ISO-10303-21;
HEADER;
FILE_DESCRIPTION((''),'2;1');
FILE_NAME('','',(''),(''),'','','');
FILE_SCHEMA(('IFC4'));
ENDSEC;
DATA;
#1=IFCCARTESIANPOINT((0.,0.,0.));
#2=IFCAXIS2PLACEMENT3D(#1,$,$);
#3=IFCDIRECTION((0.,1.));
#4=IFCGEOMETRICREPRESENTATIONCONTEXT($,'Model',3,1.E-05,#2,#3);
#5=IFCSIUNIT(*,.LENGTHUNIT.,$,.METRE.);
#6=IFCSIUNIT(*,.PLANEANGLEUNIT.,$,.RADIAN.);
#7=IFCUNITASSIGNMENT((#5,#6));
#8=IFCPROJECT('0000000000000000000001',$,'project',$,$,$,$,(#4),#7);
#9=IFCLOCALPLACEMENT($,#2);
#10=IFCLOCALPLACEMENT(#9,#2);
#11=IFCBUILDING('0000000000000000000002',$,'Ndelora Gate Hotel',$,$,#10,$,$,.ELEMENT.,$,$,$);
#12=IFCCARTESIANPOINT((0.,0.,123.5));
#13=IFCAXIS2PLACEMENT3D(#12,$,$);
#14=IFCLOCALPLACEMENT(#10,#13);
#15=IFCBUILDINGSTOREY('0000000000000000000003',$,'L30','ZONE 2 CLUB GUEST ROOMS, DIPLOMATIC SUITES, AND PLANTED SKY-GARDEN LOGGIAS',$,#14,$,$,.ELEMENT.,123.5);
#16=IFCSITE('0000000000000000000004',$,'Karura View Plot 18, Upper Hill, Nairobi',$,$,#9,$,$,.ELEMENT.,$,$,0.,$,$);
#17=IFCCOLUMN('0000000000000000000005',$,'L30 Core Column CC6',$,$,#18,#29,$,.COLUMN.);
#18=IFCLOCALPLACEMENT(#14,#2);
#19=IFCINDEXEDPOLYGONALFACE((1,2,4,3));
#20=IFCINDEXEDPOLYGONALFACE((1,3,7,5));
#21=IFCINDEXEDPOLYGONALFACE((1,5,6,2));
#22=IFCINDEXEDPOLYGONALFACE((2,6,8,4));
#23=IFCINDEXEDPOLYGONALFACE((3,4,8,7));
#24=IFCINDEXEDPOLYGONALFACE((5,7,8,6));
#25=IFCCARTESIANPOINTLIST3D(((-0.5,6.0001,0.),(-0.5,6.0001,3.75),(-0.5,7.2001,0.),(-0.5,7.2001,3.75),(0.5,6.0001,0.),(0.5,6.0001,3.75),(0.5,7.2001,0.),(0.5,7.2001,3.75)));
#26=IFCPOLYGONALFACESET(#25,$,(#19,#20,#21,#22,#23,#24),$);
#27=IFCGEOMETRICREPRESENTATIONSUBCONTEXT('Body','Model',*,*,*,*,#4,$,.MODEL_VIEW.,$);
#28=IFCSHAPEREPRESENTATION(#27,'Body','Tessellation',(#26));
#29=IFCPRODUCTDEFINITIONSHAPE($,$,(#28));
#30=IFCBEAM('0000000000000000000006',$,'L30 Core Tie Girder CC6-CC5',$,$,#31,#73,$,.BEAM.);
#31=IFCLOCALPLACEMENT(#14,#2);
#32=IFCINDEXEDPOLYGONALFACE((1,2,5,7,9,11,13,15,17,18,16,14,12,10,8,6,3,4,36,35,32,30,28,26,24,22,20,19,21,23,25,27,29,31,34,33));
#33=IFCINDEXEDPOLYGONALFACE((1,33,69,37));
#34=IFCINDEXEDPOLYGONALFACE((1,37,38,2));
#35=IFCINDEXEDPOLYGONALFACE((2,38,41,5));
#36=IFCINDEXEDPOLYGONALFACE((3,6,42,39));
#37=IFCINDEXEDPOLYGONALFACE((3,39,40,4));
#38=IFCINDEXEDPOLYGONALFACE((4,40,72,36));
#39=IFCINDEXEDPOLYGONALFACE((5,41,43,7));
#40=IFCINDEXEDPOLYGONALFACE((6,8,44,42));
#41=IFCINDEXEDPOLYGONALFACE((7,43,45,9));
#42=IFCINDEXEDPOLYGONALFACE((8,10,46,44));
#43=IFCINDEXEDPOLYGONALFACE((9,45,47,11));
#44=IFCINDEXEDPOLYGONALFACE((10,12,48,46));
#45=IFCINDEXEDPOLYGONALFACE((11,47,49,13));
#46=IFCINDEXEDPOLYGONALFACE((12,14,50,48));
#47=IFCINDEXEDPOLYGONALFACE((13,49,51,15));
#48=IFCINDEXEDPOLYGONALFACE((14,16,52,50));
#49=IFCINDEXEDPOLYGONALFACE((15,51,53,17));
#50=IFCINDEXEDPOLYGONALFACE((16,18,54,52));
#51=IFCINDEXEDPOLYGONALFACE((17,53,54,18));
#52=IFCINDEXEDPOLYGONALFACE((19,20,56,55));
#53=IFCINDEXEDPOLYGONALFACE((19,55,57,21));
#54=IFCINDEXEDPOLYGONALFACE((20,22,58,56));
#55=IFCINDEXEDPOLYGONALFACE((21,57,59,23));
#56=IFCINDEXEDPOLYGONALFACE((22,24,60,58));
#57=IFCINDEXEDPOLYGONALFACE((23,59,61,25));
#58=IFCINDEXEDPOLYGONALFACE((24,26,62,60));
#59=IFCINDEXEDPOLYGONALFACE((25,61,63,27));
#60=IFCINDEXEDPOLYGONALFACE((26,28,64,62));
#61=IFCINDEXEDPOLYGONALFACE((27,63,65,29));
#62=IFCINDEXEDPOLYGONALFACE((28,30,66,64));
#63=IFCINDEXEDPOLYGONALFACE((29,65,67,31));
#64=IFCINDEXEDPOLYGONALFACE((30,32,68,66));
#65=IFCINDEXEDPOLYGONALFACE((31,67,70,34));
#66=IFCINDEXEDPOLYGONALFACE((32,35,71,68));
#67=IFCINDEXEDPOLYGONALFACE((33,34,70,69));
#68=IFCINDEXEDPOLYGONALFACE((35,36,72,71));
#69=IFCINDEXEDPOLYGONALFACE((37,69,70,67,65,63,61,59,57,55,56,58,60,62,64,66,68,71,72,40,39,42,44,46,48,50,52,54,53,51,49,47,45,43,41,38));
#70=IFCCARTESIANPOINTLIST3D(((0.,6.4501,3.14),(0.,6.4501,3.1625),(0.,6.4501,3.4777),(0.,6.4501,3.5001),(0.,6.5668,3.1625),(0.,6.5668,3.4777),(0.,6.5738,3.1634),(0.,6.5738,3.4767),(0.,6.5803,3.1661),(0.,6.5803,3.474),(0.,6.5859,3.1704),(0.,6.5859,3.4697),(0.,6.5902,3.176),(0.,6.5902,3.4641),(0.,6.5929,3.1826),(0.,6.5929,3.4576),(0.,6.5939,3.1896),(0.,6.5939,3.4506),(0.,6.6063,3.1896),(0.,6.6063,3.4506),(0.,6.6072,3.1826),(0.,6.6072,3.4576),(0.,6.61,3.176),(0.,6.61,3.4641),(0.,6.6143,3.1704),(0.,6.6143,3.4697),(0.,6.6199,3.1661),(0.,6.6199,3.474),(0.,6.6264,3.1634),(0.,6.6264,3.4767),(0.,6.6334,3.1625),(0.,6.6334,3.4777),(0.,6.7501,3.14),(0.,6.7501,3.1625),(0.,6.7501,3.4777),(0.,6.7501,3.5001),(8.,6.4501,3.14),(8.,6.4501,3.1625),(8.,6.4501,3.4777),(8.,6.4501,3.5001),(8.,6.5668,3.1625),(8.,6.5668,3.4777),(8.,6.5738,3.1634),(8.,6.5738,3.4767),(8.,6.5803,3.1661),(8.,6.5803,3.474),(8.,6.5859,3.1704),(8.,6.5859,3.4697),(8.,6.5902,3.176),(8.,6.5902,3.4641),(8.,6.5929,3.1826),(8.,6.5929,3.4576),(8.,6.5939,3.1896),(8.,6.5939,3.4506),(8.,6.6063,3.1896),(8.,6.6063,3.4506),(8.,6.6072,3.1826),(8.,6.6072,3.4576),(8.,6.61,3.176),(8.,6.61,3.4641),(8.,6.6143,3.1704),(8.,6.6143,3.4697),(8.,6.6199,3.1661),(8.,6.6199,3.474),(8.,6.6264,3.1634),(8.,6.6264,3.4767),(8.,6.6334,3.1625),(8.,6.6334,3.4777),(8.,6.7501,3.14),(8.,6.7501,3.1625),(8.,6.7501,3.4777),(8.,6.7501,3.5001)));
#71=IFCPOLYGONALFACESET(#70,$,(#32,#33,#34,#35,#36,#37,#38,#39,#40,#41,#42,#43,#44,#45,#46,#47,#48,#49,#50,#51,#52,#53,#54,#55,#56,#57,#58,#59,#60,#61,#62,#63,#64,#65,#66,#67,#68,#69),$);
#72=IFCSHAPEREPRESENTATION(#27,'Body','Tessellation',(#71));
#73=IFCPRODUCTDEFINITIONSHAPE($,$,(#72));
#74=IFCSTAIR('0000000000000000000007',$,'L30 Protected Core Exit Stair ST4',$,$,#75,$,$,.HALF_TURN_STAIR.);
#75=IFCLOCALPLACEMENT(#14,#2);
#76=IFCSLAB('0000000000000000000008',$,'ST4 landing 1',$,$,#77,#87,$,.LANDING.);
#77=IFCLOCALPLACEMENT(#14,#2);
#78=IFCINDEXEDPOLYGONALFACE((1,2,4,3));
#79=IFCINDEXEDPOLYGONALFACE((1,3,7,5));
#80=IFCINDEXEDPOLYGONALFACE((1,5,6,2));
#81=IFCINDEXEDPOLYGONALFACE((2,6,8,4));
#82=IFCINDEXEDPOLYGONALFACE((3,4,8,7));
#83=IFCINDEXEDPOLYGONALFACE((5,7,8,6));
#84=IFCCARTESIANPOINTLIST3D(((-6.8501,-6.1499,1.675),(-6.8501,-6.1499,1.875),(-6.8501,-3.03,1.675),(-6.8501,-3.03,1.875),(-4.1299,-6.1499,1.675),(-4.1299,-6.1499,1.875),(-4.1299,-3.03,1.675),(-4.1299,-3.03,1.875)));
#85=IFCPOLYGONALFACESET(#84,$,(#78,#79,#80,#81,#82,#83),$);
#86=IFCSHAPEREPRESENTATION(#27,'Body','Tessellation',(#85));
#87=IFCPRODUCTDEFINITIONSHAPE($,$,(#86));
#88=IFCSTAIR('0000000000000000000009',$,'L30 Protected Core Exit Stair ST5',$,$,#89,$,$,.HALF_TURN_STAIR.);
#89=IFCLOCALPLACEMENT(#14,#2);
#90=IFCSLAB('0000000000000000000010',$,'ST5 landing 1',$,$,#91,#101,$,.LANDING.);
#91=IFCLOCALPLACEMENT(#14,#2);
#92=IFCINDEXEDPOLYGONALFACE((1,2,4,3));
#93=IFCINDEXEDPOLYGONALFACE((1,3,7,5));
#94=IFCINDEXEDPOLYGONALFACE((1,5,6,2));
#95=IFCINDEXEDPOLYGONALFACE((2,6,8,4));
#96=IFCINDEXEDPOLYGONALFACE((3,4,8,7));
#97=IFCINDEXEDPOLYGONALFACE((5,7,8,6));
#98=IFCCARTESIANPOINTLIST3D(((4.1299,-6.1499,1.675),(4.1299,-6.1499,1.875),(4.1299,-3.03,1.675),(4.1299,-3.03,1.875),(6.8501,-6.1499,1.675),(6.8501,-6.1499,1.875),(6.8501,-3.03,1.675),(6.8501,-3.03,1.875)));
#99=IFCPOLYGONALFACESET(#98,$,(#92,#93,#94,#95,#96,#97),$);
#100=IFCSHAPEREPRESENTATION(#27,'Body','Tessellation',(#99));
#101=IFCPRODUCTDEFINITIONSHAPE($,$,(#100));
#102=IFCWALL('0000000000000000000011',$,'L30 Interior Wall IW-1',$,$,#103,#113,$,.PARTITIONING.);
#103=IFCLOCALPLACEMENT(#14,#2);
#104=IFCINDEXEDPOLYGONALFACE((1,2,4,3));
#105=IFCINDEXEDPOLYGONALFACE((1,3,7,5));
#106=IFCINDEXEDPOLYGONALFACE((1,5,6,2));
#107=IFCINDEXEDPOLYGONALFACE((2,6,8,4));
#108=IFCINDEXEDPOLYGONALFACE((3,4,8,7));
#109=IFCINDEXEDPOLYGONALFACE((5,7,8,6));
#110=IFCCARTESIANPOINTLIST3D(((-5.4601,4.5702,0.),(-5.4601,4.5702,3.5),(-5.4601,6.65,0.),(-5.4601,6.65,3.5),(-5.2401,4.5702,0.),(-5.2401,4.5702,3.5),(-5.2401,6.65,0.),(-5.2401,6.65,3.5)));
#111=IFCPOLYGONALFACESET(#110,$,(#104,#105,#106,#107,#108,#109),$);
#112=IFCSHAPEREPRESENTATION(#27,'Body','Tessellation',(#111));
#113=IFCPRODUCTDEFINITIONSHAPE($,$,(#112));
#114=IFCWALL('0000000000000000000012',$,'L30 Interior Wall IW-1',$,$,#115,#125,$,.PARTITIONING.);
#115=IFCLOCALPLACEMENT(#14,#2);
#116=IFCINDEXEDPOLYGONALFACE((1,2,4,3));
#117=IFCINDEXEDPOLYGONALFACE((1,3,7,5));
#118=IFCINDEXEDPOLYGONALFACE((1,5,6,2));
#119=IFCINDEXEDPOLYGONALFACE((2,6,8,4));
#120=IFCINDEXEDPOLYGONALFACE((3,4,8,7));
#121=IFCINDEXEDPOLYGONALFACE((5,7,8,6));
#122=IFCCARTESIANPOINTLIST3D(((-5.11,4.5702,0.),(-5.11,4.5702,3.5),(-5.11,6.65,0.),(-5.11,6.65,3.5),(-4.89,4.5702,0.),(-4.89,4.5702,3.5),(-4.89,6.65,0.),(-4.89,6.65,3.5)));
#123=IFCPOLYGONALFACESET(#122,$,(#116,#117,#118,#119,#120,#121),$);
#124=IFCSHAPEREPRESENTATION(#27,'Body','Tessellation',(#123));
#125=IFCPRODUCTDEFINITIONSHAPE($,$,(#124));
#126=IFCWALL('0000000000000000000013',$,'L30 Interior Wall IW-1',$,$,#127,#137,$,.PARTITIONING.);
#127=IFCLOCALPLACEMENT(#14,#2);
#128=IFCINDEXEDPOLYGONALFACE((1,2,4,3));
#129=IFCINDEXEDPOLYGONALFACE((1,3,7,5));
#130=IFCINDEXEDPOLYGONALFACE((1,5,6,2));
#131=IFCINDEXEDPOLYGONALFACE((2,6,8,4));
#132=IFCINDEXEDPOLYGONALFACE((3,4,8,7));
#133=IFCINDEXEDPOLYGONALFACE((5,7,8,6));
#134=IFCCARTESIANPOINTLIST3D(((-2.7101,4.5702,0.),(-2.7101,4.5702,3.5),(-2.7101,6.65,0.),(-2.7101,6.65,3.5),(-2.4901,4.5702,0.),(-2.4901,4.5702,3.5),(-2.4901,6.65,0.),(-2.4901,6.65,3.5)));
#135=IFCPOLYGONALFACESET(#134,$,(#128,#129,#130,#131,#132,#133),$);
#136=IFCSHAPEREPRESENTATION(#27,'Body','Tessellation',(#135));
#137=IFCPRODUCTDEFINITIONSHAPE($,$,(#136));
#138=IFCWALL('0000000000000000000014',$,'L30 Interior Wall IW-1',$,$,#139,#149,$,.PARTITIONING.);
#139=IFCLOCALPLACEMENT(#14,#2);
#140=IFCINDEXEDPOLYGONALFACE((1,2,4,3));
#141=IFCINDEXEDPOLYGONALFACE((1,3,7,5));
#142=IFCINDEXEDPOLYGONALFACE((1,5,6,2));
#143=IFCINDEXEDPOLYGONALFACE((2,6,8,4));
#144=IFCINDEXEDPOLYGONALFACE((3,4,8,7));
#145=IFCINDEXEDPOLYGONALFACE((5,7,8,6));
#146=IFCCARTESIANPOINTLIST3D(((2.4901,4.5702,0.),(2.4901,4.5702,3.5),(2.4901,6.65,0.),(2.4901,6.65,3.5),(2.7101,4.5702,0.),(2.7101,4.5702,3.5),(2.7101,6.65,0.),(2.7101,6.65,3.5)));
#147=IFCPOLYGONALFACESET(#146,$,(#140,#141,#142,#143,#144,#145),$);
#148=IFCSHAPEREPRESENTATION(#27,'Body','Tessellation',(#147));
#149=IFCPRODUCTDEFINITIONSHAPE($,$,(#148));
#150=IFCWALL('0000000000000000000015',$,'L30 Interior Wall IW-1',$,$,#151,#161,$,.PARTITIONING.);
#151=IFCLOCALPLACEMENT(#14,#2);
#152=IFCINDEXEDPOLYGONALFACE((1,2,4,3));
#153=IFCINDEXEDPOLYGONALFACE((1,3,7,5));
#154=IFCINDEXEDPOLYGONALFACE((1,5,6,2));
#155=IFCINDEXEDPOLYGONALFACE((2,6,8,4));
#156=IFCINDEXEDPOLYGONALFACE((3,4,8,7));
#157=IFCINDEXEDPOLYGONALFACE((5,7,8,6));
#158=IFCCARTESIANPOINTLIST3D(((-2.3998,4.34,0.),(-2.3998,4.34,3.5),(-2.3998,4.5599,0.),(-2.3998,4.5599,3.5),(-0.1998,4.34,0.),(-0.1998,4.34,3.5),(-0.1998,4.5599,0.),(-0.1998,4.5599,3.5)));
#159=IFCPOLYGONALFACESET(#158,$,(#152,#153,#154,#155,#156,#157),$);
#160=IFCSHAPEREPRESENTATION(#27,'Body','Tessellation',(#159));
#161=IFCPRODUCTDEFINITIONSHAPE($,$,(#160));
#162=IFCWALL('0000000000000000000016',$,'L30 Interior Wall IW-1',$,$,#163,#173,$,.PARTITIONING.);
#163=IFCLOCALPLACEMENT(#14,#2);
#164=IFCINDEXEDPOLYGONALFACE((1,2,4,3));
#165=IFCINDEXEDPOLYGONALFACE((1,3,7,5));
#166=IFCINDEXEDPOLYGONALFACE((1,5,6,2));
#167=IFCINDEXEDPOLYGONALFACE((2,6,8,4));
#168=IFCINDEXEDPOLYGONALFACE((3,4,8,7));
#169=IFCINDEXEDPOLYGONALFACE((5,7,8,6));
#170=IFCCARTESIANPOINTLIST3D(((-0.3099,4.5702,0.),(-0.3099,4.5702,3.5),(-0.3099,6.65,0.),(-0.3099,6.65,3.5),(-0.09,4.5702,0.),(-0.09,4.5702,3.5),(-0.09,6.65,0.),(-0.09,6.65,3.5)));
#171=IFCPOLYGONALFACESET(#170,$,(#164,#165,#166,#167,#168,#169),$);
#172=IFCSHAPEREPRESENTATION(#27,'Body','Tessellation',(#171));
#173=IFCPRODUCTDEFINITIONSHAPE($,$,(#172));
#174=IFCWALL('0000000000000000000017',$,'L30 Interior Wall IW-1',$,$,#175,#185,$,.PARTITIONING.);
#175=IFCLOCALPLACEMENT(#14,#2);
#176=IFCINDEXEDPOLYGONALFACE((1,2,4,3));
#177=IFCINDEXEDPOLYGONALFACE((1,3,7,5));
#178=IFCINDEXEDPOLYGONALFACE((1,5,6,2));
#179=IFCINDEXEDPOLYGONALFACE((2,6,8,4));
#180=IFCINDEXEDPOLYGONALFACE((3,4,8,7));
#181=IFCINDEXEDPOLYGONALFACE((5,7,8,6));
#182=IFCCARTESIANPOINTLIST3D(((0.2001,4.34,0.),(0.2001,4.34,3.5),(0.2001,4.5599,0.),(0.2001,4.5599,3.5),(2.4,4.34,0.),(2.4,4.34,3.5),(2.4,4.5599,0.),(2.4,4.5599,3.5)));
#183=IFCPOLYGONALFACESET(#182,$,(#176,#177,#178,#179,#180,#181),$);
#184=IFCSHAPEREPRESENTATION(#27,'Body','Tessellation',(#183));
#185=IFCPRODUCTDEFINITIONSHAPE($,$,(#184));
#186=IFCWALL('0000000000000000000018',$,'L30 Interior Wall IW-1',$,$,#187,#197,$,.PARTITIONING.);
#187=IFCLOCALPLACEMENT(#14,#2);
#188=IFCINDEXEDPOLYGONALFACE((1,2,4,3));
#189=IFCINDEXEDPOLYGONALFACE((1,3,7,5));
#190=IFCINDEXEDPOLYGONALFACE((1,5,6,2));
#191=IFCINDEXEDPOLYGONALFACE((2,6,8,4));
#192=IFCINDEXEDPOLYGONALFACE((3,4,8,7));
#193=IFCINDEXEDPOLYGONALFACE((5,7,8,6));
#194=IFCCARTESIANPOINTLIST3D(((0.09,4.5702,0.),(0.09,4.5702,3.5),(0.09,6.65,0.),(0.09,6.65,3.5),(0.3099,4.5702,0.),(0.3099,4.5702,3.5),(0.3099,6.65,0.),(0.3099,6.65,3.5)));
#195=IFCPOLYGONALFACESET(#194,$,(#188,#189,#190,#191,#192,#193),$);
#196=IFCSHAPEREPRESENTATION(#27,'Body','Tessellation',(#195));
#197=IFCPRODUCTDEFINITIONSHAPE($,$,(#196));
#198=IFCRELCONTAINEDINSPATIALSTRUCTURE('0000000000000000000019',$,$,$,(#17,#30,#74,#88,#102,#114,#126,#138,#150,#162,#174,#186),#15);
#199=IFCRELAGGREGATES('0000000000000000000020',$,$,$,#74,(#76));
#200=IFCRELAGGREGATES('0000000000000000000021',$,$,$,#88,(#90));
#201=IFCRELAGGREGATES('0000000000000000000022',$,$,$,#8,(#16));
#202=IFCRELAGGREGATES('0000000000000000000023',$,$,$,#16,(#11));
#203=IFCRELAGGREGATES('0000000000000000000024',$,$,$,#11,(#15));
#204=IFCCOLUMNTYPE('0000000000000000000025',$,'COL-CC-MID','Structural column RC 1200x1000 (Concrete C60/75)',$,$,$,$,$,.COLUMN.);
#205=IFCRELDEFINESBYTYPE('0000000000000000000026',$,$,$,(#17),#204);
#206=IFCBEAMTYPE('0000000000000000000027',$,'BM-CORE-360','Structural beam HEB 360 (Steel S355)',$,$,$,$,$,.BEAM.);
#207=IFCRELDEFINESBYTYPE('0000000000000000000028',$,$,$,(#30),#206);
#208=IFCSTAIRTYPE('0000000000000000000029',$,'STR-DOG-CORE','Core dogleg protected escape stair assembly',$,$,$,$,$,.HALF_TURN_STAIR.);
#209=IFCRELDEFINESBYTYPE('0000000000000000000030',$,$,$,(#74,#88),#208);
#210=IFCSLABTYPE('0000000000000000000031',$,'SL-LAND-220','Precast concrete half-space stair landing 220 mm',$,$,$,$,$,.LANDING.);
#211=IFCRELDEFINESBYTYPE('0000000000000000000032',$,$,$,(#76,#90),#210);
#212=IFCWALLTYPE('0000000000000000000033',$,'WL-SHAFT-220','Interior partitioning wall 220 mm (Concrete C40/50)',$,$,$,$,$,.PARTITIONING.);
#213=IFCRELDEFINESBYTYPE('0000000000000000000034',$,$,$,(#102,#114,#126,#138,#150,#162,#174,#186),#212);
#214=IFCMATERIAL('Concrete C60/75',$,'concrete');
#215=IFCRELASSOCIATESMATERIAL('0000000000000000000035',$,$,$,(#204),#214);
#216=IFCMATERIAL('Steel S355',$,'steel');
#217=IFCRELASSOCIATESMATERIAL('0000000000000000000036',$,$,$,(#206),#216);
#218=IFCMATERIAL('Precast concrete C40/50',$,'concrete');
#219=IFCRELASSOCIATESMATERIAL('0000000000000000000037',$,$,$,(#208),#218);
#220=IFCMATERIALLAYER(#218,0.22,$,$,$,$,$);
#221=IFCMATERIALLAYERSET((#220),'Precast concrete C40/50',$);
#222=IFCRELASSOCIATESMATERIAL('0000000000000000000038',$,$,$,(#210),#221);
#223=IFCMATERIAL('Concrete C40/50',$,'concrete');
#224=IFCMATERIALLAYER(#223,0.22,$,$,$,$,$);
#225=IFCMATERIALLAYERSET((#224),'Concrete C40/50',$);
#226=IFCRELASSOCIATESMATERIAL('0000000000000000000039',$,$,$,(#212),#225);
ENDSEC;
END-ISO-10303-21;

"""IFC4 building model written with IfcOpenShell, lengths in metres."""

from ifc_helpers import new_model, si_unit, direction, frame, frame_2d, origin, origin_2d, place, context, subcontext, project, spatial, polyline, rectangle, i_section, outline, extrude, material, layer, layer_set, material_profile, profile_set, type_object, element, aggregate, save


model = new_model("IFC4")

# Units and contexts
model_context = context("Model", 3, precision=1e-05, world=origin(), true_north=direction((0.0, 1.0)))
body_context = subcontext(model_context, "Body", "Model", "MODEL_VIEW")
ifc_project = project(units=[si_unit("LENGTHUNIT", "METRE"), si_unit("PLANEANGLEUNIT", "RADIAN")], contexts=[model_context])

# Site, building, storey
site_placement = place(None, origin())
site = spatial("IfcSite", under=ifc_project, at=site_placement, Name="Karura View Plot 18, Upper Hill, Nairobi", CompositionType="ELEMENT", RefElevation=0.0)
building_placement = place(site_placement, origin())
building = spatial("IfcBuilding", under=site, at=building_placement, Name="Ndelora Gate Hotel", CompositionType="ELEMENT")
storey_placement = place(building_placement, frame((0.0, 0.0, 123.5)))
storey = spatial("IfcBuildingStorey", under=building, at=storey_placement, Name="L30", Description="ZONE 2 CLUB GUEST ROOMS, DIPLOMATIC SUITES, AND PLANTED SKY-GARDEN LOGGIAS", CompositionType="ELEMENT", Elevation=123.5)

# Column
ifc_material_1 = material(Name="Concrete C60/75", Category="concrete")
ifc_material_profile_1 = material_profile(ifc_material_1, rectangle(XDim=1.0, YDim=1.2, at=origin_2d()), Name="RC 1200x1000")
ifc_profile_set_1 = profile_set([ifc_material_profile_1], Name="Concrete C60/75")
column_type = type_object("IfcColumnType", Name="COL-CC-MID", Description="Structural column RC 1200x1000 (Concrete C60/75)", PredefinedType="COLUMN", material=ifc_profile_set_1)
column_placement = place(storey_placement, frame((0.0, 6.6001, 0.0), z_axis=(0.0, 0.0, 1.0), x_axis=(1.0, 0.0, 0.0)))
element("IfcColumn", 1, at=column_placement, inside=storey, type_object=column_type, Name="L30 Core Column CC6", PredefinedType="COLUMN", context=body_context, shape_type="SweptSolid", body=[
    extrude(rectangle(XDim=1.0, YDim=1.2, at=origin_2d()), origin(), (0.0, 0.0, 1.0), 3.75),
])

# Beam
ifc_material_2 = material(Name="Steel S355", Category="steel")
ifc_material_profile_2 = material_profile(ifc_material_2, i_section(OverallWidth=0.3, OverallDepth=0.3601, WebThickness=0.0125, FlangeThickness=0.0225, FilletRadius=0.0271, at=origin_2d()), Name="HEB 360")
ifc_profile_set_2 = profile_set([ifc_material_profile_2], Name="Steel S355")
beam_type = type_object("IfcBeamType", Name="BM-CORE-360", Description="Structural beam HEB 360 (Steel S355)", PredefinedType="BEAM", material=ifc_profile_set_2)
beam_placement = place(storey_placement, frame((0.0, 6.6001, 3.3201), z_axis=(1.0, 0.0, 0.0), x_axis=(0.0, 1.0, 0.0)))
element("IfcBeam", 2, at=beam_placement, inside=storey, type_object=beam_type, Name="L30 Core Tie Girder CC6-CC5", PredefinedType="BEAM", context=body_context, shape_type="SweptSolid", body=[
    extrude(i_section(OverallWidth=0.3, OverallDepth=0.3601, WebThickness=0.0125, FlangeThickness=0.0225, FilletRadius=0.0271, at=origin_2d()), origin(), (0.0, 0.0, 1.0), 8.0),
])

# Stairs, slabs
ifc_material_3 = material(Name="Precast concrete C40/50", Category="concrete")
stair_type = type_object("IfcStairType", Name="STR-DOG-CORE", Description="Core dogleg protected escape stair assembly", PredefinedType="HALF_TURN_STAIR", material=ifc_material_3)
stair_1_placement = place(storey_placement, origin())
stair_1 = element("IfcStair", 3, at=stair_1_placement, inside=storey, type_object=stair_type, Name="L30 Protected Core Exit Stair ST4", PredefinedType="HALF_TURN_STAIR")
ifc_layer_1 = layer(ifc_material_3, 0.22)
ifc_layer_set_1 = layer_set([ifc_layer_1], Name="Precast concrete C40/50")
slab_type = type_object("IfcSlabType", Name="SL-LAND-220", Description="Precast concrete half-space stair landing 220 mm", PredefinedType="LANDING", material=ifc_layer_set_1)
slab_1_placement = place(storey_placement, frame((0.0, 0.0, 1.675)))
slab_1 = element("IfcSlab", 4, at=slab_1_placement, type_object=slab_type, Name="ST4 landing 1", PredefinedType="LANDING", context=body_context, shape_type="SweptSolid", body=[
    extrude(outline(polyline([(-6.8501, -3.03), (-6.8501, -6.1499), (-4.1299, -6.1499), (-4.1299, -3.03), (-6.8501, -3.03)])), origin(), (0.0, 0.0, 1.0), 0.2),
])
aggregate(stair_1, [slab_1])
stair_2_placement = place(storey_placement, origin())
stair_2 = element("IfcStair", 5, at=stair_2_placement, inside=storey, type_object=stair_type, Name="L30 Protected Core Exit Stair ST5", PredefinedType="HALF_TURN_STAIR")
slab_2_placement = place(storey_placement, frame((0.0, 0.0, 1.675)))
slab_2 = element("IfcSlab", 6, at=slab_2_placement, type_object=slab_type, Name="ST5 landing 1", PredefinedType="LANDING", context=body_context, shape_type="SweptSolid", body=[
    extrude(outline(polyline([(4.1299, -3.03), (4.1299, -6.1499), (6.8501, -6.1499), (6.8501, -3.03), (4.1299, -3.03)])), origin(), (0.0, 0.0, 1.0), 0.2),
])
aggregate(stair_2, [slab_2])

# Shared definitions
ifc_material_4 = material(Name="Concrete C40/50", Category="concrete")

# Wall
ifc_layer_2 = layer(ifc_material_4, 0.22)
ifc_layer_set_2 = layer_set([ifc_layer_2], Name="Concrete C40/50")
wall_type_1 = type_object("IfcWallType", Name="WL-SHAFT-220", Description="Interior partitioning wall 220 mm (Concrete C40/50)", PredefinedType="PARTITIONING", material=ifc_layer_set_2)
wall_1_placement = place(storey_placement, frame((-5.3501, 4.5701, 0.0), z_axis=(0.0, 0.0, 1.0), x_axis=(0.0, 1.0, 0.0)))
element("IfcWall", 7, at=wall_1_placement, inside=storey, type_object=wall_type_1, Name="L30 Interior Wall IW-1", PredefinedType="PARTITIONING", context=body_context, shape_type="SweptSolid", body=[
    extrude(rectangle(XDim=2.0798, YDim=0.22, at=frame_2d((1.04, 0.0))), origin(), (0.0, 0.0, 1.0), 3.5),
])

# Walls
for number, where, z_axis, x_axis, name in (
    (8, (-5.0, 4.5701, 0.0), (0.0, 0.0, 1.0), (0.0, 1.0, 0.0), "L30 Interior Wall IW-1"),
    (9, (-2.6001, 4.5701, 0.0), (0.0, 0.0, 1.0), (0.0, 1.0, 0.0), "L30 Interior Wall IW-1"),
):
    element("IfcWall", number, at=place(storey_placement, frame(where, z_axis=z_axis, x_axis=x_axis)), inside=storey, type_object=wall_type_1, Name=name, PredefinedType="PARTITIONING", context=body_context, shape_type="SweptSolid", body=[
        extrude(rectangle(XDim=2.0798, YDim=0.22, at=frame_2d((1.04, 0.0))), origin(), (0.0, 0.0, 1.0), 3.5),
    ])

# Walls
wall_2_placement = place(storey_placement, frame((2.6001, 4.5701, 0.0), z_axis=(0.0, 0.0, 1.0), x_axis=(0.0, 1.0, 0.0)))
element("IfcWall", 10, at=wall_2_placement, inside=storey, type_object=wall_type_1, Name="L30 Interior Wall IW-1", PredefinedType="PARTITIONING", context=body_context, shape_type="SweptSolid", body=[
    extrude(rectangle(XDim=2.0798, YDim=0.22, at=frame_2d((1.04, 0.0))), origin(), (0.0, 0.0, 1.0), 3.5),
])
wall_3_placement = place(storey_placement, frame((-2.3999, 4.45, 0.0), z_axis=(0.0, 0.0, 1.0), x_axis=(1.0, 0.0, 0.0)))
element("IfcWall", 11, at=wall_3_placement, inside=storey, type_object=wall_type_1, Name="L30 Interior Wall IW-1", PredefinedType="PARTITIONING", context=body_context, shape_type="SweptSolid", body=[
    extrude(rectangle(XDim=2.2, YDim=0.22, at=frame_2d((1.1001, 0.0))), origin(), (0.0, 0.0, 1.0), 3.5),
])
wall_4_placement = place(storey_placement, frame((-0.2, 4.5701, 0.0), z_axis=(0.0, 0.0, 1.0), x_axis=(0.0, 1.0, 0.0)))
element("IfcWall", 12, at=wall_4_placement, inside=storey, type_object=wall_type_1, Name="L30 Interior Wall IW-1", PredefinedType="PARTITIONING", context=body_context, shape_type="SweptSolid", body=[
    extrude(rectangle(XDim=2.0798, YDim=0.22, at=frame_2d((1.04, 0.0))), origin(), (0.0, 0.0, 1.0), 3.5),
])
wall_5_placement = place(storey_placement, frame((0.2, 4.45, 0.0), z_axis=(0.0, 0.0, 1.0), x_axis=(1.0, 0.0, 0.0)))
element("IfcWall", 13, at=wall_5_placement, inside=storey, type_object=wall_type_1, Name="L30 Interior Wall IW-1", PredefinedType="PARTITIONING", context=body_context, shape_type="SweptSolid", body=[
    extrude(rectangle(XDim=2.2, YDim=0.22, at=frame_2d((1.1001, 0.0))), origin(), (0.0, 0.0, 1.0), 3.5),
])
wall_6_placement = place(storey_placement, frame((0.2, 4.5701, 0.0), z_axis=(0.0, 0.0, 1.0), x_axis=(0.0, 1.0, 0.0)))
element("IfcWall", 14, at=wall_6_placement, inside=storey, type_object=wall_type_1, Name="L30 Interior Wall IW-1", PredefinedType="PARTITIONING", context=body_context, shape_type="SweptSolid", body=[
    extrude(rectangle(XDim=2.0798, YDim=0.22, at=frame_2d((1.04, 0.0))), origin(), (0.0, 0.0, 1.0), 3.5),
])

save(model, "model.ifc")
